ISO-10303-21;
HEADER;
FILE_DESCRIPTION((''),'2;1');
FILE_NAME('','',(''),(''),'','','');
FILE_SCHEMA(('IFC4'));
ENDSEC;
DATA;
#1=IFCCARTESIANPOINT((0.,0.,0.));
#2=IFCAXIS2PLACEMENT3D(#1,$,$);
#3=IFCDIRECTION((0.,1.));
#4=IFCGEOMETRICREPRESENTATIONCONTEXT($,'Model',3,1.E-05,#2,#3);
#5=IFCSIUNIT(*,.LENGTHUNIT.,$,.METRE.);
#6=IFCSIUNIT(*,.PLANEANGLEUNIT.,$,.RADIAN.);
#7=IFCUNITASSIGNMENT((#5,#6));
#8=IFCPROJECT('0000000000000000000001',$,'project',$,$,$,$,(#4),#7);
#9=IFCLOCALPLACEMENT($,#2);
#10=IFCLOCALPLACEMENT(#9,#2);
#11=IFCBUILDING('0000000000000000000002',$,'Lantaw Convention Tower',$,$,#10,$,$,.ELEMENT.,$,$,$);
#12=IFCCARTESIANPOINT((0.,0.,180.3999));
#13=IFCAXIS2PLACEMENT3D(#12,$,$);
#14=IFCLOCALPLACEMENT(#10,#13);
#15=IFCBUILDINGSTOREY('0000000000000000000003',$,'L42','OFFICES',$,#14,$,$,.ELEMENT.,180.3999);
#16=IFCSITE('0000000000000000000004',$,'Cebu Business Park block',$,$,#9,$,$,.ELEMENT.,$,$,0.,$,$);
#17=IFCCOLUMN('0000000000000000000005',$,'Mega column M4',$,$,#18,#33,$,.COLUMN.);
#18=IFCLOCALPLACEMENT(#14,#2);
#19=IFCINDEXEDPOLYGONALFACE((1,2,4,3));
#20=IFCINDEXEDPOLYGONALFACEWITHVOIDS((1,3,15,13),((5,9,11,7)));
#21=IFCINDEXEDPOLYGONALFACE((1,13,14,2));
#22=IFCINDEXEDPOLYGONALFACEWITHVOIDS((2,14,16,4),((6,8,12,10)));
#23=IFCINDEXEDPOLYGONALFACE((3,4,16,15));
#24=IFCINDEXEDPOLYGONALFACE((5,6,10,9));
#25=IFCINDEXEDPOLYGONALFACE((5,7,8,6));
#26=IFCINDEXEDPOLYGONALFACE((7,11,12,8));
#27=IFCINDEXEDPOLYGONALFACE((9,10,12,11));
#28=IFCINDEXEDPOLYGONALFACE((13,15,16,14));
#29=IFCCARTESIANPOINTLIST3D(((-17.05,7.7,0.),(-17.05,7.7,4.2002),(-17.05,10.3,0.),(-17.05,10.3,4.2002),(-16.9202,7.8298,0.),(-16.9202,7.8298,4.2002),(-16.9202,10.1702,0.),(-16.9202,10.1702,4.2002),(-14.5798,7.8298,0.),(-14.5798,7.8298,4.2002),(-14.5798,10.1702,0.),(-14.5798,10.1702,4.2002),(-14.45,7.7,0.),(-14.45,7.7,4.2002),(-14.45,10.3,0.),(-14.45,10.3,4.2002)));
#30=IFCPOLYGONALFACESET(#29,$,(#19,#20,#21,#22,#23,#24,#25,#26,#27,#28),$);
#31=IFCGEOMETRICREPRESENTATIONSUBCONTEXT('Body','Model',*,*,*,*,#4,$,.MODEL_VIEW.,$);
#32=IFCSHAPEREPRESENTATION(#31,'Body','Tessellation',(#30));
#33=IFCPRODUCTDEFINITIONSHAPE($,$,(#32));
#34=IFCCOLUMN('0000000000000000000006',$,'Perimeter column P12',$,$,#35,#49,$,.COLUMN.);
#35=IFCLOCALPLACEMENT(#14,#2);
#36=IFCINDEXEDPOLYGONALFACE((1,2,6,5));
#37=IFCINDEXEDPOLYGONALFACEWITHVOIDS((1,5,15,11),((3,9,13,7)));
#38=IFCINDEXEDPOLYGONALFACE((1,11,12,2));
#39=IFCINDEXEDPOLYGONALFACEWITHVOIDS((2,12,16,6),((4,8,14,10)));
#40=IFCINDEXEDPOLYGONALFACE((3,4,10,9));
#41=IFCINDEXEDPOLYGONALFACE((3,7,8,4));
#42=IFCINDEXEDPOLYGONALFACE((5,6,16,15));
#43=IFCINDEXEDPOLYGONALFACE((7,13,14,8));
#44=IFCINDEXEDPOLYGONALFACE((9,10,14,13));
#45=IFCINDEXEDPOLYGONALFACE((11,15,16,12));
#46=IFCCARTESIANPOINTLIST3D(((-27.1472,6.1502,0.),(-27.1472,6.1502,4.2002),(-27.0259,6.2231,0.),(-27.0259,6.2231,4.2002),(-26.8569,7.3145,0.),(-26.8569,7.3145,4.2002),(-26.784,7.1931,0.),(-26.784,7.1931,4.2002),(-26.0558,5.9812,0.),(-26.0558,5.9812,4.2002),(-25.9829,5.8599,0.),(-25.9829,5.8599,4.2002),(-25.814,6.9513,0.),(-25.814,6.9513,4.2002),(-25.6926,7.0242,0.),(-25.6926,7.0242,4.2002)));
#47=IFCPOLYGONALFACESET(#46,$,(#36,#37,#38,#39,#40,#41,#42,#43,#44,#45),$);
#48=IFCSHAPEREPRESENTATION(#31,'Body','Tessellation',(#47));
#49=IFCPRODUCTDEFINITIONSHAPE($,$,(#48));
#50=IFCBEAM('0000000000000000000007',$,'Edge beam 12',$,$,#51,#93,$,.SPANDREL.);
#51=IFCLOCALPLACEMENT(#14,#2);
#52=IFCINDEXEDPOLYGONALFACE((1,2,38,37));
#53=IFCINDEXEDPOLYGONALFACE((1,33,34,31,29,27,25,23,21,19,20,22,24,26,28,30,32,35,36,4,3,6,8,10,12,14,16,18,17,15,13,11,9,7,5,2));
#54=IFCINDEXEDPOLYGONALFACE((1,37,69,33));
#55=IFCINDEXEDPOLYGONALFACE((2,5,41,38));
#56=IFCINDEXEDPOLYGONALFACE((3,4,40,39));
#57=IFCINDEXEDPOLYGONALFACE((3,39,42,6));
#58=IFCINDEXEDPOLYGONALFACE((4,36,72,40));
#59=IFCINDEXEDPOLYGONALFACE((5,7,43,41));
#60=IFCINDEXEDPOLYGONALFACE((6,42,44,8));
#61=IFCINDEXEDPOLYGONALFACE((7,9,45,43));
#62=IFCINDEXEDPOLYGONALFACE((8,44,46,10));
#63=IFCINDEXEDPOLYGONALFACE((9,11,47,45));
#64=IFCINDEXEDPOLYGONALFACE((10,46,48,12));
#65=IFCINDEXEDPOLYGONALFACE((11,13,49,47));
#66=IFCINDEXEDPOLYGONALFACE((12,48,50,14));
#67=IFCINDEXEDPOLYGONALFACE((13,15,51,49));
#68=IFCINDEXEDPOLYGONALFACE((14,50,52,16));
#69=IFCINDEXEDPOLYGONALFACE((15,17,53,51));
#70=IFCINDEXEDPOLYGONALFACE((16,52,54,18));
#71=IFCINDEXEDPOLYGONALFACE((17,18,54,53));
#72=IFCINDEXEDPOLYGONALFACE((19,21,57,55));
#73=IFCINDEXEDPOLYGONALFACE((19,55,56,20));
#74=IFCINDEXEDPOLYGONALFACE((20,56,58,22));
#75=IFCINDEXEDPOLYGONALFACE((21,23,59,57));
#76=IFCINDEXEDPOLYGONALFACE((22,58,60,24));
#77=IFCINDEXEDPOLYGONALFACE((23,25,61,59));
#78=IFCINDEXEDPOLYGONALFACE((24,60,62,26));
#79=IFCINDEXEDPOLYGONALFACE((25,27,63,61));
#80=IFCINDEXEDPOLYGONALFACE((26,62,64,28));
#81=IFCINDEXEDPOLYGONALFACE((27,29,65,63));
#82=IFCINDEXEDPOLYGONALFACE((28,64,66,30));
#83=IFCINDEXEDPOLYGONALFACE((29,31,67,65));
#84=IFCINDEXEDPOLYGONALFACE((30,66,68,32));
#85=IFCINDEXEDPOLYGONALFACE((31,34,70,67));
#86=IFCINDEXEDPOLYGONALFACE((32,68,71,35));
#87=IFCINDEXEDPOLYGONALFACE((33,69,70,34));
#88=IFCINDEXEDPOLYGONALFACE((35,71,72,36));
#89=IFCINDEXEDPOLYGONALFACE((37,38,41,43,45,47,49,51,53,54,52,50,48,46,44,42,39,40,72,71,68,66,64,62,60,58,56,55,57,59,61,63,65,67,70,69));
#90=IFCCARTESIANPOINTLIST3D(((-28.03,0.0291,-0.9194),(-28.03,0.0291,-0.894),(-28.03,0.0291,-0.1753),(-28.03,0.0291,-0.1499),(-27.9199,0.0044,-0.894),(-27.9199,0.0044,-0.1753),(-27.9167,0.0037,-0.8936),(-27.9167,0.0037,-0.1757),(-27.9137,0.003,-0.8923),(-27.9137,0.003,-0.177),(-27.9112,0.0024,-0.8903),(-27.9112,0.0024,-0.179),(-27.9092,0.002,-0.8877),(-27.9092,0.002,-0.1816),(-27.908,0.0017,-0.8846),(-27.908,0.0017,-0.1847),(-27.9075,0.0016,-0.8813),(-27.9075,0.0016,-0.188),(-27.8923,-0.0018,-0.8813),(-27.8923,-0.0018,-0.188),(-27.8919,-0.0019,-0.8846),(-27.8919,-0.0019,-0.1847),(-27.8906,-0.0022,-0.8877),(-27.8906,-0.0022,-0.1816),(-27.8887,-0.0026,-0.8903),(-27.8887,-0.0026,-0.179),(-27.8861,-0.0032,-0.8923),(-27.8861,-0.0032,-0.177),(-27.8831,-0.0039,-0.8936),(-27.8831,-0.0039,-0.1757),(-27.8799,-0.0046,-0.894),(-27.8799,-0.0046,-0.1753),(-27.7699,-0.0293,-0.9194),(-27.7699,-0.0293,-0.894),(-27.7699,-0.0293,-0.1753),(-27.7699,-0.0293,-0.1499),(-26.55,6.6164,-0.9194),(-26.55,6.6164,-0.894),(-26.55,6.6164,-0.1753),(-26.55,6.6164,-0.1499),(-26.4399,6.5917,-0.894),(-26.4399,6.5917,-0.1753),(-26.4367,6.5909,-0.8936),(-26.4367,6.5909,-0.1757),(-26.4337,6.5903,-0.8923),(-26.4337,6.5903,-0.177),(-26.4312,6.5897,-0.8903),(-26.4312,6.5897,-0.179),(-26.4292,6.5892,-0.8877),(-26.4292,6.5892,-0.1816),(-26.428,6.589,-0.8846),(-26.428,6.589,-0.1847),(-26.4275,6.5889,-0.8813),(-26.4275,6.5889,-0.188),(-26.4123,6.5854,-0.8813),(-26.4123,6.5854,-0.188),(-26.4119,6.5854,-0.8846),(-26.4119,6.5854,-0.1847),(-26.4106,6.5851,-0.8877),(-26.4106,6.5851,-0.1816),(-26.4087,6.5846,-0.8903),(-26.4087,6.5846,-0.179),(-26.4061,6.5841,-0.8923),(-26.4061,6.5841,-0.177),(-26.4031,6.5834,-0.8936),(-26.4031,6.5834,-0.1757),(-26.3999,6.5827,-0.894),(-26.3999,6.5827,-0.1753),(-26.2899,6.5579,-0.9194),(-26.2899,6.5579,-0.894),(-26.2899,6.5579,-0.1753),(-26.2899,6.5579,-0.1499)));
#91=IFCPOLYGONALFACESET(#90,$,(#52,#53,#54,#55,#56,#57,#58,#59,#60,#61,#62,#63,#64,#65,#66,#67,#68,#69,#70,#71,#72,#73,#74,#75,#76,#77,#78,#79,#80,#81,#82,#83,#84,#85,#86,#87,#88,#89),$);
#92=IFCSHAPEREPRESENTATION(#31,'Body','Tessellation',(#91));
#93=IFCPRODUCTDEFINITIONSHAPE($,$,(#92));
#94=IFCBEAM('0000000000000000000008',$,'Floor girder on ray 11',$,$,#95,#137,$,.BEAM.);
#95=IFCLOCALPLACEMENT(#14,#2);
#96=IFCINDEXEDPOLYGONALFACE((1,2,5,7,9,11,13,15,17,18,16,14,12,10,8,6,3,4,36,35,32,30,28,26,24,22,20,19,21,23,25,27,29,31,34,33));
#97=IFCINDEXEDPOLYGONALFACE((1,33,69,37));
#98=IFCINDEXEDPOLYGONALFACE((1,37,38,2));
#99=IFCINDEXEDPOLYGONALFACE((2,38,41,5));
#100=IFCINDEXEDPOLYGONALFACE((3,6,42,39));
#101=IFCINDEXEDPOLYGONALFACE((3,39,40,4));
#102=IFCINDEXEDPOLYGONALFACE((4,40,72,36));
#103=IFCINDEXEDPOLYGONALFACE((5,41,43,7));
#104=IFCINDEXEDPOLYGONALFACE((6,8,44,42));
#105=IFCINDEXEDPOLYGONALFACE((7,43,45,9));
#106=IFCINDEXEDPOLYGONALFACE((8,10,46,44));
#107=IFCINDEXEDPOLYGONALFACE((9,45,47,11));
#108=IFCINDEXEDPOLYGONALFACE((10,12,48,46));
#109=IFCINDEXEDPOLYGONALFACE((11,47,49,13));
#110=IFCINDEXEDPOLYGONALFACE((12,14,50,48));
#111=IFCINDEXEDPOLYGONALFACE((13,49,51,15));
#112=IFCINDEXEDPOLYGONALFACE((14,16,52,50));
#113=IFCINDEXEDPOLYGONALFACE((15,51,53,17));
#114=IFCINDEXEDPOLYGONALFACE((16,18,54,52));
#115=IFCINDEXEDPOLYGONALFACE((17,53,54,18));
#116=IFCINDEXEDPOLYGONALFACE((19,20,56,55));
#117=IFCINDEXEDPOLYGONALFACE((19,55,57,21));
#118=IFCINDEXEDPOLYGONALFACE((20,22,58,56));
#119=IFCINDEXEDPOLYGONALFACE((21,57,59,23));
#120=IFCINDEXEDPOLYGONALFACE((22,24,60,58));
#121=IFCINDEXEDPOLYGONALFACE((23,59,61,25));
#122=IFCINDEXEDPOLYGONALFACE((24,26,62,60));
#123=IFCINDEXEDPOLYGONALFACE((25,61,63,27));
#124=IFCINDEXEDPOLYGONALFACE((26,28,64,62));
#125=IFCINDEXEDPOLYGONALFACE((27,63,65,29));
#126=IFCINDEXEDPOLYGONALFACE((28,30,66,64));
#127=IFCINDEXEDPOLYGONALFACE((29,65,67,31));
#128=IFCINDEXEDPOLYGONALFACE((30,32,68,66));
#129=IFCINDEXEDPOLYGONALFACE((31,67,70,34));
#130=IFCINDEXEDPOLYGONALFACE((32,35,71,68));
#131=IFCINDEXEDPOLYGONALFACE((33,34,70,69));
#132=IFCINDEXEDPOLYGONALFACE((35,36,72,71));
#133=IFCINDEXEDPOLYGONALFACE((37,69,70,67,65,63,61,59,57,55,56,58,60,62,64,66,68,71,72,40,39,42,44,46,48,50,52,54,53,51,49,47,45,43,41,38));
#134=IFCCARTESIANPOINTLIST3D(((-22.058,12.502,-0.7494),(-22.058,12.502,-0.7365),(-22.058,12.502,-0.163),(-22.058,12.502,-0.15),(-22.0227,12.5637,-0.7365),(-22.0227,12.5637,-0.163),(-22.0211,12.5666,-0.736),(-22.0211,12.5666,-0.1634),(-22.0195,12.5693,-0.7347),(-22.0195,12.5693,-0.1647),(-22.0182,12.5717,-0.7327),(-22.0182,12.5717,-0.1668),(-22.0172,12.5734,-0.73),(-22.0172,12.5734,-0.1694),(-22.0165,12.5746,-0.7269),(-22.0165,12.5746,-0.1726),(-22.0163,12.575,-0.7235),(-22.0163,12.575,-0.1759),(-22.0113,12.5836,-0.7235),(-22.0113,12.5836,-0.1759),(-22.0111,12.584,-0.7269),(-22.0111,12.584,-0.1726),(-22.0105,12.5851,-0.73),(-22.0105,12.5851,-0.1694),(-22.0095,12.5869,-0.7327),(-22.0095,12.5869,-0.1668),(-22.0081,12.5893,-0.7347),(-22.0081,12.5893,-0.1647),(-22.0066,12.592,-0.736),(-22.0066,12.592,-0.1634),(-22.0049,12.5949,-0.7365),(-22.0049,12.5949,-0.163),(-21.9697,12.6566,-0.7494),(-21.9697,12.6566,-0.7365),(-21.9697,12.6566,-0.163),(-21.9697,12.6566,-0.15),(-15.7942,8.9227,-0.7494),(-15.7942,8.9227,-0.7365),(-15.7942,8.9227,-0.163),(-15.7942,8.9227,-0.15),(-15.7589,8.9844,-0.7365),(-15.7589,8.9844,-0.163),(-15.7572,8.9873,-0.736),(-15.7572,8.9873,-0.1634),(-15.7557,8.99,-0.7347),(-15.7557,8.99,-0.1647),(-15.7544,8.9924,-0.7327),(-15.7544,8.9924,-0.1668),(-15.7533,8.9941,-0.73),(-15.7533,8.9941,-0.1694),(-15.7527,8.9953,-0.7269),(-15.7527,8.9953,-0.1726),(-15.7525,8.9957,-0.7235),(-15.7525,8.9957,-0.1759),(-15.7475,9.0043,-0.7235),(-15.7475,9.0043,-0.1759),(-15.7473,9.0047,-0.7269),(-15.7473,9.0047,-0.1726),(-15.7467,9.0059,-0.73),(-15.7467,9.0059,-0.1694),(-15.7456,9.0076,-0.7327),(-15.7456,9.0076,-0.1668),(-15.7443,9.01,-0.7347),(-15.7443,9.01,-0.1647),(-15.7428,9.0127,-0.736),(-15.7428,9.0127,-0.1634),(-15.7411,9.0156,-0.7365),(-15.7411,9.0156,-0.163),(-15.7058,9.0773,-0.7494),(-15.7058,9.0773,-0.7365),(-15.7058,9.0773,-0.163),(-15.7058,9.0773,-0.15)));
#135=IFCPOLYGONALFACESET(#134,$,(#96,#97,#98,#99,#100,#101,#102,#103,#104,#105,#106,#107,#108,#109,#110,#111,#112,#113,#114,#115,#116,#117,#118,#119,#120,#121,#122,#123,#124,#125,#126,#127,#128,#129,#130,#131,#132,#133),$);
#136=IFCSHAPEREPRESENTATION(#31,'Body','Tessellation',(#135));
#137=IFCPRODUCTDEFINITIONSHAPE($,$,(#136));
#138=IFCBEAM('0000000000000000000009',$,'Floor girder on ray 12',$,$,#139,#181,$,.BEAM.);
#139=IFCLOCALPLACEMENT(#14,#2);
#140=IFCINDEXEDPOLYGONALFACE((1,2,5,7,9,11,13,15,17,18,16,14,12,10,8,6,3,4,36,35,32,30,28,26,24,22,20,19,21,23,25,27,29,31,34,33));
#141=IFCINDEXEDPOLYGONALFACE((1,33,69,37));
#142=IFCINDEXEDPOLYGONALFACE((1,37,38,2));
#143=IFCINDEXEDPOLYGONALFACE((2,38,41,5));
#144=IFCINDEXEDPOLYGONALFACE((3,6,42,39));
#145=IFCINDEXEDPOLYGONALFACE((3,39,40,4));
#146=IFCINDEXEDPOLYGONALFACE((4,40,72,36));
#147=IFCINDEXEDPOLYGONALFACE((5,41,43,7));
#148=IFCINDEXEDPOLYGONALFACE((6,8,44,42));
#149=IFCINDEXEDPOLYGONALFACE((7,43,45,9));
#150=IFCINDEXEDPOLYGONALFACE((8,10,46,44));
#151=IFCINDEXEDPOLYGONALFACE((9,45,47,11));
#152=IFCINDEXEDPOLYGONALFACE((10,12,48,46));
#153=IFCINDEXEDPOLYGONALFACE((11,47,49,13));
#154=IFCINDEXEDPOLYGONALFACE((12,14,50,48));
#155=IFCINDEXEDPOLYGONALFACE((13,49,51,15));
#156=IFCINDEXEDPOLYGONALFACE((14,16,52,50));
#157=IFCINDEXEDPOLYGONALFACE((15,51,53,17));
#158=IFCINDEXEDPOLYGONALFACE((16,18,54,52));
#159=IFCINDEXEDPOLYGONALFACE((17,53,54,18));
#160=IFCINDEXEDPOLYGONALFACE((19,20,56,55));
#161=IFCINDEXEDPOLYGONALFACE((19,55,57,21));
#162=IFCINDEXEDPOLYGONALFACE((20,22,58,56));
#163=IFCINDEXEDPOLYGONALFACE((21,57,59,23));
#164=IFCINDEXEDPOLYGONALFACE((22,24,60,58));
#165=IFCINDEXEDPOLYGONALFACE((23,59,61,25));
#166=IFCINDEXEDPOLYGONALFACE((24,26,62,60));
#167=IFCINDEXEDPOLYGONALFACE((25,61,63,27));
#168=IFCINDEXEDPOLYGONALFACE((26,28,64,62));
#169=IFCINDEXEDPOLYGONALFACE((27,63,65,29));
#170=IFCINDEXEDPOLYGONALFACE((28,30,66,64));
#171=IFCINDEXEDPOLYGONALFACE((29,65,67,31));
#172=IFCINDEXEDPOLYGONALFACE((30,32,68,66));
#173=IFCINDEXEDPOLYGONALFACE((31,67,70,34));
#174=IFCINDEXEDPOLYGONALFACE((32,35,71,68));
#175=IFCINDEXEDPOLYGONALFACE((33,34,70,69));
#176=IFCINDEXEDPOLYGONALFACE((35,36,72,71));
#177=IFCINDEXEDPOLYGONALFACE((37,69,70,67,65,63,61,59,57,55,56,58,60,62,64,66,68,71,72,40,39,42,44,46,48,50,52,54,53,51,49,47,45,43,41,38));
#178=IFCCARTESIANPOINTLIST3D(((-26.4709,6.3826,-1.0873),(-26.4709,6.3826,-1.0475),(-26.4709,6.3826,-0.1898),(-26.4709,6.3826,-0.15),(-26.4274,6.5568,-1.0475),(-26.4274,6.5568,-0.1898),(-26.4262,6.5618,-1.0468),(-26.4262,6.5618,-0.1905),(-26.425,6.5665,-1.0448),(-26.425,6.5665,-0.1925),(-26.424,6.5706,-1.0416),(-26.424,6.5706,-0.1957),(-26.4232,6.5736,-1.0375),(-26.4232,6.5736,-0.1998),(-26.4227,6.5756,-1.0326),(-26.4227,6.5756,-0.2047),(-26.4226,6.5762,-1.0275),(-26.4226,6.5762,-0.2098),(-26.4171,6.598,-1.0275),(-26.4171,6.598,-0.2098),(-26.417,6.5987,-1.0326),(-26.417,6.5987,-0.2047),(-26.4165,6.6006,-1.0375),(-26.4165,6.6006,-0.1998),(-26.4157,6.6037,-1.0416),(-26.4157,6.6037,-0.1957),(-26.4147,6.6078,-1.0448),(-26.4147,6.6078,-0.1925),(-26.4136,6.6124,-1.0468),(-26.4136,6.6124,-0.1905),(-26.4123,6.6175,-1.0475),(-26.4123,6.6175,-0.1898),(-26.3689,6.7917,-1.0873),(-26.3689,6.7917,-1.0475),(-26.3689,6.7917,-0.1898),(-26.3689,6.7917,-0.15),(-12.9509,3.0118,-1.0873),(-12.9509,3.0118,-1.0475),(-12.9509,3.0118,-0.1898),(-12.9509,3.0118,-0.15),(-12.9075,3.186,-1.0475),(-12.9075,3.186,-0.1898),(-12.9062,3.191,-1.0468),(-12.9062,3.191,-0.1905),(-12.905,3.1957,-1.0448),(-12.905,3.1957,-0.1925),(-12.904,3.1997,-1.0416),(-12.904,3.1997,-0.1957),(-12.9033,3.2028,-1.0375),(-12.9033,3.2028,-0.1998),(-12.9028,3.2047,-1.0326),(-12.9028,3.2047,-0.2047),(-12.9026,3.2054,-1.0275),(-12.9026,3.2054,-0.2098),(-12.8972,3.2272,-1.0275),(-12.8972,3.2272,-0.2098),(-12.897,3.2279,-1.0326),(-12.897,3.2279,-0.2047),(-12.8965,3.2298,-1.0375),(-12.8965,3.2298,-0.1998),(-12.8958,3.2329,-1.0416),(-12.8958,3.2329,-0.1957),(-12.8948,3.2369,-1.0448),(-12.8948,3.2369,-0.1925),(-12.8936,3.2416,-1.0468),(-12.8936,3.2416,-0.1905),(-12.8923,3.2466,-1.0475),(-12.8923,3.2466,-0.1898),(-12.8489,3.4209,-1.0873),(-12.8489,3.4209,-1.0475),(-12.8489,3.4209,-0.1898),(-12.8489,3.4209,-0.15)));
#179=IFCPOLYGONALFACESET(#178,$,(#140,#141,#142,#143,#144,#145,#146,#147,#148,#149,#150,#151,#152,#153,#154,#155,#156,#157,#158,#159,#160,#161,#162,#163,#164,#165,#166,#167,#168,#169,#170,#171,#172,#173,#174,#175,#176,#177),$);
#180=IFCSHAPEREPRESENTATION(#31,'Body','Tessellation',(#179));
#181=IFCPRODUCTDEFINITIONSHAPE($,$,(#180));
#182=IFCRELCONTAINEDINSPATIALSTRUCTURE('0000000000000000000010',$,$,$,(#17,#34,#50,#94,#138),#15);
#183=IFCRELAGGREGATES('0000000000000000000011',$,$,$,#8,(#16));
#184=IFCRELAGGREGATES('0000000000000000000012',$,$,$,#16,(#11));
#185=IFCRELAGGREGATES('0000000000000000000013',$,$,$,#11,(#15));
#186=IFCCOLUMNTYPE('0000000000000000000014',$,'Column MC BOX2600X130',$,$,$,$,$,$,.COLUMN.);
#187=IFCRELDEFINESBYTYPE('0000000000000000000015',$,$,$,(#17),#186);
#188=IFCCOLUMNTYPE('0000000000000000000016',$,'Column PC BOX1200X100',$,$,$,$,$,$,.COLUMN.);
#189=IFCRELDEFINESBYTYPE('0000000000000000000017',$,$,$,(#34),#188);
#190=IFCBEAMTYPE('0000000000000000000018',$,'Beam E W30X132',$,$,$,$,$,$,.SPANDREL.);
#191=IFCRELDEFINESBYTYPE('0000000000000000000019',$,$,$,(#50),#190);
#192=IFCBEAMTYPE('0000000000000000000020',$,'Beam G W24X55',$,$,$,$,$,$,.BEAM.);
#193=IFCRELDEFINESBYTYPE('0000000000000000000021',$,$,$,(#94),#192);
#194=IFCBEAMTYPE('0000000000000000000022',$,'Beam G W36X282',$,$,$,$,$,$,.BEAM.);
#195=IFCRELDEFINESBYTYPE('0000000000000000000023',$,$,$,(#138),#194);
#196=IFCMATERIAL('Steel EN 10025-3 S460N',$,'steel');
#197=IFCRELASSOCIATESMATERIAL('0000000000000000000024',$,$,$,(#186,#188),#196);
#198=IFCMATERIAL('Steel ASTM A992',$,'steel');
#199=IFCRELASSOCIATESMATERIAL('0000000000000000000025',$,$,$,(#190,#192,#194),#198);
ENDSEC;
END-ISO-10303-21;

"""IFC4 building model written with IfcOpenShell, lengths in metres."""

from ifc_helpers import new_model, si_unit, direction, frame, origin, origin_2d, place, context, subcontext, project, spatial, rectangle, hollow_rectangle, i_section, extrude, material, material_profile, profile_set, type_object, element, save


model = new_model("IFC4")

# Units and contexts
model_context = context("Model", 3, precision=1e-05, world=origin(), true_north=direction((0.0, 1.0)))
body_context = subcontext(model_context, "Body", "Model", "MODEL_VIEW")
ifc_project = project(units=[si_unit("LENGTHUNIT", "METRE"), si_unit("PLANEANGLEUNIT", "RADIAN")], contexts=[model_context])

# Site, building, storey
site_placement = place(None, origin())
site = spatial("IfcSite", under=ifc_project, at=site_placement, Name="Cebu Business Park block", CompositionType="ELEMENT", RefElevation=0.0)
building_placement = place(site_placement, origin())
building = spatial("IfcBuilding", under=site, at=building_placement, Name="Lantaw Convention Tower", CompositionType="ELEMENT")
storey_placement = place(building_placement, frame((0.0, 0.0, 180.3999)))
storey = spatial("IfcBuildingStorey", under=building, at=storey_placement, Name="L42", Description="OFFICES", CompositionType="ELEMENT", Elevation=180.3999)

# Columns
ifc_material_1 = material(Name="Steel EN 10025-3 S460N", Category="steel")
ifc_material_profile_1 = material_profile(ifc_material_1, hollow_rectangle(XDim=2.6001, YDim=2.6001, WallThickness=0.1299, at=origin_2d()), Name="BOX2600X130")
ifc_material_2 = material(Name="Concrete C60/75", Category="concrete")
ifc_material_profile_2 = material_profile(ifc_material_2, rectangle(XDim=2.3401, YDim=2.3401, at=origin_2d()), Name="Concrete fill of BOX2600X130")
ifc_profile_set_1 = profile_set([ifc_material_profile_1, ifc_material_profile_2], Name="Steel EN 10025-3 S460N")
column_type_1 = type_object("IfcColumnType", Name="Column MC BOX2600X130", PredefinedType="COLUMN", material=ifc_profile_set_1)
column_1_placement = place(storey_placement, frame((-15.75, 9.0, 0.0), z_axis=(0.0, 0.0, 1.0), x_axis=(1.0, 0.0, 0.0)))
element("IfcColumn", 1, at=column_1_placement, inside=storey, type_object=column_type_1, Name="Mega column M4", PredefinedType="COLUMN", context=body_context, shape_type="SweptSolid", body=[
    extrude(hollow_rectangle(XDim=2.6001, YDim=2.6001, WallThickness=0.1299, at=origin_2d()), origin(), (0.0, 0.0, 1.0), 4.2002),
])
ifc_material_profile_3 = material_profile(ifc_material_1, hollow_rectangle(XDim=1.2, YDim=1.2, WallThickness=0.1001, at=origin_2d()), Name="BOX1200X100")
ifc_material_profile_4 = material_profile(ifc_material_2, rectangle(XDim=1.0, YDim=1.0, at=origin_2d()), Name="Concrete fill of BOX1200X100")
ifc_profile_set_2 = profile_set([ifc_material_profile_3, ifc_material_profile_4], Name="Steel EN 10025-3 S460N")
column_type_2 = type_object("IfcColumnType", Name="Column PC BOX1200X100", PredefinedType="COLUMN", material=ifc_profile_set_2)
column_2_placement = place(storey_placement, frame((-26.4199, 6.5872, 0.0), z_axis=(0.0, 0.0, 1.0), x_axis=(0.241922, 0.970296, 0.0)))
element("IfcColumn", 2, at=column_2_placement, inside=storey, type_object=column_type_2, Name="Perimeter column P12", PredefinedType="COLUMN", context=body_context, shape_type="SweptSolid", body=[
    extrude(hollow_rectangle(XDim=1.2, YDim=1.2, WallThickness=0.1001, at=origin_2d()), origin(), (0.0, 0.0, 1.0), 4.2002),
])

# Beams
ifc_material_3 = material(Name="Steel ASTM A992", Category="steel")
ifc_material_profile_5 = material_profile(ifc_material_3, i_section(OverallWidth=0.2666, OverallDepth=0.7695, WebThickness=0.0156, FlangeThickness=0.0254, FilletRadius=0.0127, at=origin_2d()), Name="W30X132")
ifc_profile_set_3 = profile_set([ifc_material_profile_5], Name="Steel ASTM A992")
beam_type_1 = type_object("IfcBeamType", Name="Beam E W30X132", PredefinedType="SPANDREL", material=ifc_profile_set_3)
beam_1_placement = place(storey_placement, frame((-26.4199, 6.5872, -0.5347), z_axis=(-0.219212, -0.975677, 0.0), x_axis=(0.975677, -0.219212, 0.0)))
element("IfcBeam", 3, at=beam_1_placement, inside=storey, type_object=beam_type_1, Name="Edge beam 12", PredefinedType="SPANDREL", context=body_context, shape_type="SweptSolid", body=[
    extrude(i_section(OverallWidth=0.2666, OverallDepth=0.7695, WebThickness=0.0156, FlangeThickness=0.0254, FilletRadius=0.0127, at=origin_2d()), origin(), (0.0, 0.0, 1.0), 6.7515),
])
ifc_material_profile_6 = material_profile(ifc_material_3, i_section(OverallWidth=0.178, OverallDepth=0.5994, WebThickness=0.01, FlangeThickness=0.0129, FilletRadius=0.0129, at=origin_2d()), Name="W24X55")
ifc_profile_set_4 = profile_set([ifc_material_profile_6], Name="Steel ASTM A992")
beam_type_2 = type_object("IfcBeamType", Name="Beam G W24X55", PredefinedType="BEAM", material=ifc_profile_set_4)
beam_2_placement = place(storey_placement, frame((-15.75, 9.0, -0.4497), z_axis=(-0.868245, 0.496135, 0.0), x_axis=(-0.496135, -0.868245, 0.0)))
element("IfcBeam", 4, at=beam_2_placement, inside=storey, type_object=beam_type_2, Name="Floor girder on ray 11", PredefinedType="BEAM", context=body_context, shape_type="SweptSolid", body=[
    extrude(i_section(OverallWidth=0.178, OverallDepth=0.5994, WebThickness=0.01, FlangeThickness=0.0129, FilletRadius=0.0129, at=origin_2d()), origin(), (0.0, 0.0, 1.0), 7.2144),
])
ifc_material_profile_7 = material_profile(ifc_material_3, i_section(OverallWidth=0.4216, OverallDepth=0.9373, WebThickness=0.0225, FlangeThickness=0.0398, FilletRadius=0.02, at=origin_2d()), Name="W36X282")
ifc_profile_set_5 = profile_set([ifc_material_profile_7], Name="Steel ASTM A992")
beam_type_3 = type_object("IfcBeamType", Name="Beam G W36X282", PredefinedType="BEAM", material=ifc_profile_set_5)
beam_3_placement = place(storey_placement, frame((-12.8999, 3.2163, -0.6187), z_axis=(-0.970297, 0.241917, 0.0), x_axis=(-0.241917, -0.970297, 0.0)))
element("IfcBeam", 5, at=beam_3_placement, inside=storey, type_object=beam_type_3, Name="Floor girder on ray 12", PredefinedType="BEAM", context=body_context, shape_type="SweptSolid", body=[
    extrude(i_section(OverallWidth=0.4216, OverallDepth=0.9373, WebThickness=0.0225, FlangeThickness=0.0398, FilletRadius=0.02, at=origin_2d()), origin(), (0.0, 0.0, 1.0), 13.9338),
])

save(model, "model.ifc")
